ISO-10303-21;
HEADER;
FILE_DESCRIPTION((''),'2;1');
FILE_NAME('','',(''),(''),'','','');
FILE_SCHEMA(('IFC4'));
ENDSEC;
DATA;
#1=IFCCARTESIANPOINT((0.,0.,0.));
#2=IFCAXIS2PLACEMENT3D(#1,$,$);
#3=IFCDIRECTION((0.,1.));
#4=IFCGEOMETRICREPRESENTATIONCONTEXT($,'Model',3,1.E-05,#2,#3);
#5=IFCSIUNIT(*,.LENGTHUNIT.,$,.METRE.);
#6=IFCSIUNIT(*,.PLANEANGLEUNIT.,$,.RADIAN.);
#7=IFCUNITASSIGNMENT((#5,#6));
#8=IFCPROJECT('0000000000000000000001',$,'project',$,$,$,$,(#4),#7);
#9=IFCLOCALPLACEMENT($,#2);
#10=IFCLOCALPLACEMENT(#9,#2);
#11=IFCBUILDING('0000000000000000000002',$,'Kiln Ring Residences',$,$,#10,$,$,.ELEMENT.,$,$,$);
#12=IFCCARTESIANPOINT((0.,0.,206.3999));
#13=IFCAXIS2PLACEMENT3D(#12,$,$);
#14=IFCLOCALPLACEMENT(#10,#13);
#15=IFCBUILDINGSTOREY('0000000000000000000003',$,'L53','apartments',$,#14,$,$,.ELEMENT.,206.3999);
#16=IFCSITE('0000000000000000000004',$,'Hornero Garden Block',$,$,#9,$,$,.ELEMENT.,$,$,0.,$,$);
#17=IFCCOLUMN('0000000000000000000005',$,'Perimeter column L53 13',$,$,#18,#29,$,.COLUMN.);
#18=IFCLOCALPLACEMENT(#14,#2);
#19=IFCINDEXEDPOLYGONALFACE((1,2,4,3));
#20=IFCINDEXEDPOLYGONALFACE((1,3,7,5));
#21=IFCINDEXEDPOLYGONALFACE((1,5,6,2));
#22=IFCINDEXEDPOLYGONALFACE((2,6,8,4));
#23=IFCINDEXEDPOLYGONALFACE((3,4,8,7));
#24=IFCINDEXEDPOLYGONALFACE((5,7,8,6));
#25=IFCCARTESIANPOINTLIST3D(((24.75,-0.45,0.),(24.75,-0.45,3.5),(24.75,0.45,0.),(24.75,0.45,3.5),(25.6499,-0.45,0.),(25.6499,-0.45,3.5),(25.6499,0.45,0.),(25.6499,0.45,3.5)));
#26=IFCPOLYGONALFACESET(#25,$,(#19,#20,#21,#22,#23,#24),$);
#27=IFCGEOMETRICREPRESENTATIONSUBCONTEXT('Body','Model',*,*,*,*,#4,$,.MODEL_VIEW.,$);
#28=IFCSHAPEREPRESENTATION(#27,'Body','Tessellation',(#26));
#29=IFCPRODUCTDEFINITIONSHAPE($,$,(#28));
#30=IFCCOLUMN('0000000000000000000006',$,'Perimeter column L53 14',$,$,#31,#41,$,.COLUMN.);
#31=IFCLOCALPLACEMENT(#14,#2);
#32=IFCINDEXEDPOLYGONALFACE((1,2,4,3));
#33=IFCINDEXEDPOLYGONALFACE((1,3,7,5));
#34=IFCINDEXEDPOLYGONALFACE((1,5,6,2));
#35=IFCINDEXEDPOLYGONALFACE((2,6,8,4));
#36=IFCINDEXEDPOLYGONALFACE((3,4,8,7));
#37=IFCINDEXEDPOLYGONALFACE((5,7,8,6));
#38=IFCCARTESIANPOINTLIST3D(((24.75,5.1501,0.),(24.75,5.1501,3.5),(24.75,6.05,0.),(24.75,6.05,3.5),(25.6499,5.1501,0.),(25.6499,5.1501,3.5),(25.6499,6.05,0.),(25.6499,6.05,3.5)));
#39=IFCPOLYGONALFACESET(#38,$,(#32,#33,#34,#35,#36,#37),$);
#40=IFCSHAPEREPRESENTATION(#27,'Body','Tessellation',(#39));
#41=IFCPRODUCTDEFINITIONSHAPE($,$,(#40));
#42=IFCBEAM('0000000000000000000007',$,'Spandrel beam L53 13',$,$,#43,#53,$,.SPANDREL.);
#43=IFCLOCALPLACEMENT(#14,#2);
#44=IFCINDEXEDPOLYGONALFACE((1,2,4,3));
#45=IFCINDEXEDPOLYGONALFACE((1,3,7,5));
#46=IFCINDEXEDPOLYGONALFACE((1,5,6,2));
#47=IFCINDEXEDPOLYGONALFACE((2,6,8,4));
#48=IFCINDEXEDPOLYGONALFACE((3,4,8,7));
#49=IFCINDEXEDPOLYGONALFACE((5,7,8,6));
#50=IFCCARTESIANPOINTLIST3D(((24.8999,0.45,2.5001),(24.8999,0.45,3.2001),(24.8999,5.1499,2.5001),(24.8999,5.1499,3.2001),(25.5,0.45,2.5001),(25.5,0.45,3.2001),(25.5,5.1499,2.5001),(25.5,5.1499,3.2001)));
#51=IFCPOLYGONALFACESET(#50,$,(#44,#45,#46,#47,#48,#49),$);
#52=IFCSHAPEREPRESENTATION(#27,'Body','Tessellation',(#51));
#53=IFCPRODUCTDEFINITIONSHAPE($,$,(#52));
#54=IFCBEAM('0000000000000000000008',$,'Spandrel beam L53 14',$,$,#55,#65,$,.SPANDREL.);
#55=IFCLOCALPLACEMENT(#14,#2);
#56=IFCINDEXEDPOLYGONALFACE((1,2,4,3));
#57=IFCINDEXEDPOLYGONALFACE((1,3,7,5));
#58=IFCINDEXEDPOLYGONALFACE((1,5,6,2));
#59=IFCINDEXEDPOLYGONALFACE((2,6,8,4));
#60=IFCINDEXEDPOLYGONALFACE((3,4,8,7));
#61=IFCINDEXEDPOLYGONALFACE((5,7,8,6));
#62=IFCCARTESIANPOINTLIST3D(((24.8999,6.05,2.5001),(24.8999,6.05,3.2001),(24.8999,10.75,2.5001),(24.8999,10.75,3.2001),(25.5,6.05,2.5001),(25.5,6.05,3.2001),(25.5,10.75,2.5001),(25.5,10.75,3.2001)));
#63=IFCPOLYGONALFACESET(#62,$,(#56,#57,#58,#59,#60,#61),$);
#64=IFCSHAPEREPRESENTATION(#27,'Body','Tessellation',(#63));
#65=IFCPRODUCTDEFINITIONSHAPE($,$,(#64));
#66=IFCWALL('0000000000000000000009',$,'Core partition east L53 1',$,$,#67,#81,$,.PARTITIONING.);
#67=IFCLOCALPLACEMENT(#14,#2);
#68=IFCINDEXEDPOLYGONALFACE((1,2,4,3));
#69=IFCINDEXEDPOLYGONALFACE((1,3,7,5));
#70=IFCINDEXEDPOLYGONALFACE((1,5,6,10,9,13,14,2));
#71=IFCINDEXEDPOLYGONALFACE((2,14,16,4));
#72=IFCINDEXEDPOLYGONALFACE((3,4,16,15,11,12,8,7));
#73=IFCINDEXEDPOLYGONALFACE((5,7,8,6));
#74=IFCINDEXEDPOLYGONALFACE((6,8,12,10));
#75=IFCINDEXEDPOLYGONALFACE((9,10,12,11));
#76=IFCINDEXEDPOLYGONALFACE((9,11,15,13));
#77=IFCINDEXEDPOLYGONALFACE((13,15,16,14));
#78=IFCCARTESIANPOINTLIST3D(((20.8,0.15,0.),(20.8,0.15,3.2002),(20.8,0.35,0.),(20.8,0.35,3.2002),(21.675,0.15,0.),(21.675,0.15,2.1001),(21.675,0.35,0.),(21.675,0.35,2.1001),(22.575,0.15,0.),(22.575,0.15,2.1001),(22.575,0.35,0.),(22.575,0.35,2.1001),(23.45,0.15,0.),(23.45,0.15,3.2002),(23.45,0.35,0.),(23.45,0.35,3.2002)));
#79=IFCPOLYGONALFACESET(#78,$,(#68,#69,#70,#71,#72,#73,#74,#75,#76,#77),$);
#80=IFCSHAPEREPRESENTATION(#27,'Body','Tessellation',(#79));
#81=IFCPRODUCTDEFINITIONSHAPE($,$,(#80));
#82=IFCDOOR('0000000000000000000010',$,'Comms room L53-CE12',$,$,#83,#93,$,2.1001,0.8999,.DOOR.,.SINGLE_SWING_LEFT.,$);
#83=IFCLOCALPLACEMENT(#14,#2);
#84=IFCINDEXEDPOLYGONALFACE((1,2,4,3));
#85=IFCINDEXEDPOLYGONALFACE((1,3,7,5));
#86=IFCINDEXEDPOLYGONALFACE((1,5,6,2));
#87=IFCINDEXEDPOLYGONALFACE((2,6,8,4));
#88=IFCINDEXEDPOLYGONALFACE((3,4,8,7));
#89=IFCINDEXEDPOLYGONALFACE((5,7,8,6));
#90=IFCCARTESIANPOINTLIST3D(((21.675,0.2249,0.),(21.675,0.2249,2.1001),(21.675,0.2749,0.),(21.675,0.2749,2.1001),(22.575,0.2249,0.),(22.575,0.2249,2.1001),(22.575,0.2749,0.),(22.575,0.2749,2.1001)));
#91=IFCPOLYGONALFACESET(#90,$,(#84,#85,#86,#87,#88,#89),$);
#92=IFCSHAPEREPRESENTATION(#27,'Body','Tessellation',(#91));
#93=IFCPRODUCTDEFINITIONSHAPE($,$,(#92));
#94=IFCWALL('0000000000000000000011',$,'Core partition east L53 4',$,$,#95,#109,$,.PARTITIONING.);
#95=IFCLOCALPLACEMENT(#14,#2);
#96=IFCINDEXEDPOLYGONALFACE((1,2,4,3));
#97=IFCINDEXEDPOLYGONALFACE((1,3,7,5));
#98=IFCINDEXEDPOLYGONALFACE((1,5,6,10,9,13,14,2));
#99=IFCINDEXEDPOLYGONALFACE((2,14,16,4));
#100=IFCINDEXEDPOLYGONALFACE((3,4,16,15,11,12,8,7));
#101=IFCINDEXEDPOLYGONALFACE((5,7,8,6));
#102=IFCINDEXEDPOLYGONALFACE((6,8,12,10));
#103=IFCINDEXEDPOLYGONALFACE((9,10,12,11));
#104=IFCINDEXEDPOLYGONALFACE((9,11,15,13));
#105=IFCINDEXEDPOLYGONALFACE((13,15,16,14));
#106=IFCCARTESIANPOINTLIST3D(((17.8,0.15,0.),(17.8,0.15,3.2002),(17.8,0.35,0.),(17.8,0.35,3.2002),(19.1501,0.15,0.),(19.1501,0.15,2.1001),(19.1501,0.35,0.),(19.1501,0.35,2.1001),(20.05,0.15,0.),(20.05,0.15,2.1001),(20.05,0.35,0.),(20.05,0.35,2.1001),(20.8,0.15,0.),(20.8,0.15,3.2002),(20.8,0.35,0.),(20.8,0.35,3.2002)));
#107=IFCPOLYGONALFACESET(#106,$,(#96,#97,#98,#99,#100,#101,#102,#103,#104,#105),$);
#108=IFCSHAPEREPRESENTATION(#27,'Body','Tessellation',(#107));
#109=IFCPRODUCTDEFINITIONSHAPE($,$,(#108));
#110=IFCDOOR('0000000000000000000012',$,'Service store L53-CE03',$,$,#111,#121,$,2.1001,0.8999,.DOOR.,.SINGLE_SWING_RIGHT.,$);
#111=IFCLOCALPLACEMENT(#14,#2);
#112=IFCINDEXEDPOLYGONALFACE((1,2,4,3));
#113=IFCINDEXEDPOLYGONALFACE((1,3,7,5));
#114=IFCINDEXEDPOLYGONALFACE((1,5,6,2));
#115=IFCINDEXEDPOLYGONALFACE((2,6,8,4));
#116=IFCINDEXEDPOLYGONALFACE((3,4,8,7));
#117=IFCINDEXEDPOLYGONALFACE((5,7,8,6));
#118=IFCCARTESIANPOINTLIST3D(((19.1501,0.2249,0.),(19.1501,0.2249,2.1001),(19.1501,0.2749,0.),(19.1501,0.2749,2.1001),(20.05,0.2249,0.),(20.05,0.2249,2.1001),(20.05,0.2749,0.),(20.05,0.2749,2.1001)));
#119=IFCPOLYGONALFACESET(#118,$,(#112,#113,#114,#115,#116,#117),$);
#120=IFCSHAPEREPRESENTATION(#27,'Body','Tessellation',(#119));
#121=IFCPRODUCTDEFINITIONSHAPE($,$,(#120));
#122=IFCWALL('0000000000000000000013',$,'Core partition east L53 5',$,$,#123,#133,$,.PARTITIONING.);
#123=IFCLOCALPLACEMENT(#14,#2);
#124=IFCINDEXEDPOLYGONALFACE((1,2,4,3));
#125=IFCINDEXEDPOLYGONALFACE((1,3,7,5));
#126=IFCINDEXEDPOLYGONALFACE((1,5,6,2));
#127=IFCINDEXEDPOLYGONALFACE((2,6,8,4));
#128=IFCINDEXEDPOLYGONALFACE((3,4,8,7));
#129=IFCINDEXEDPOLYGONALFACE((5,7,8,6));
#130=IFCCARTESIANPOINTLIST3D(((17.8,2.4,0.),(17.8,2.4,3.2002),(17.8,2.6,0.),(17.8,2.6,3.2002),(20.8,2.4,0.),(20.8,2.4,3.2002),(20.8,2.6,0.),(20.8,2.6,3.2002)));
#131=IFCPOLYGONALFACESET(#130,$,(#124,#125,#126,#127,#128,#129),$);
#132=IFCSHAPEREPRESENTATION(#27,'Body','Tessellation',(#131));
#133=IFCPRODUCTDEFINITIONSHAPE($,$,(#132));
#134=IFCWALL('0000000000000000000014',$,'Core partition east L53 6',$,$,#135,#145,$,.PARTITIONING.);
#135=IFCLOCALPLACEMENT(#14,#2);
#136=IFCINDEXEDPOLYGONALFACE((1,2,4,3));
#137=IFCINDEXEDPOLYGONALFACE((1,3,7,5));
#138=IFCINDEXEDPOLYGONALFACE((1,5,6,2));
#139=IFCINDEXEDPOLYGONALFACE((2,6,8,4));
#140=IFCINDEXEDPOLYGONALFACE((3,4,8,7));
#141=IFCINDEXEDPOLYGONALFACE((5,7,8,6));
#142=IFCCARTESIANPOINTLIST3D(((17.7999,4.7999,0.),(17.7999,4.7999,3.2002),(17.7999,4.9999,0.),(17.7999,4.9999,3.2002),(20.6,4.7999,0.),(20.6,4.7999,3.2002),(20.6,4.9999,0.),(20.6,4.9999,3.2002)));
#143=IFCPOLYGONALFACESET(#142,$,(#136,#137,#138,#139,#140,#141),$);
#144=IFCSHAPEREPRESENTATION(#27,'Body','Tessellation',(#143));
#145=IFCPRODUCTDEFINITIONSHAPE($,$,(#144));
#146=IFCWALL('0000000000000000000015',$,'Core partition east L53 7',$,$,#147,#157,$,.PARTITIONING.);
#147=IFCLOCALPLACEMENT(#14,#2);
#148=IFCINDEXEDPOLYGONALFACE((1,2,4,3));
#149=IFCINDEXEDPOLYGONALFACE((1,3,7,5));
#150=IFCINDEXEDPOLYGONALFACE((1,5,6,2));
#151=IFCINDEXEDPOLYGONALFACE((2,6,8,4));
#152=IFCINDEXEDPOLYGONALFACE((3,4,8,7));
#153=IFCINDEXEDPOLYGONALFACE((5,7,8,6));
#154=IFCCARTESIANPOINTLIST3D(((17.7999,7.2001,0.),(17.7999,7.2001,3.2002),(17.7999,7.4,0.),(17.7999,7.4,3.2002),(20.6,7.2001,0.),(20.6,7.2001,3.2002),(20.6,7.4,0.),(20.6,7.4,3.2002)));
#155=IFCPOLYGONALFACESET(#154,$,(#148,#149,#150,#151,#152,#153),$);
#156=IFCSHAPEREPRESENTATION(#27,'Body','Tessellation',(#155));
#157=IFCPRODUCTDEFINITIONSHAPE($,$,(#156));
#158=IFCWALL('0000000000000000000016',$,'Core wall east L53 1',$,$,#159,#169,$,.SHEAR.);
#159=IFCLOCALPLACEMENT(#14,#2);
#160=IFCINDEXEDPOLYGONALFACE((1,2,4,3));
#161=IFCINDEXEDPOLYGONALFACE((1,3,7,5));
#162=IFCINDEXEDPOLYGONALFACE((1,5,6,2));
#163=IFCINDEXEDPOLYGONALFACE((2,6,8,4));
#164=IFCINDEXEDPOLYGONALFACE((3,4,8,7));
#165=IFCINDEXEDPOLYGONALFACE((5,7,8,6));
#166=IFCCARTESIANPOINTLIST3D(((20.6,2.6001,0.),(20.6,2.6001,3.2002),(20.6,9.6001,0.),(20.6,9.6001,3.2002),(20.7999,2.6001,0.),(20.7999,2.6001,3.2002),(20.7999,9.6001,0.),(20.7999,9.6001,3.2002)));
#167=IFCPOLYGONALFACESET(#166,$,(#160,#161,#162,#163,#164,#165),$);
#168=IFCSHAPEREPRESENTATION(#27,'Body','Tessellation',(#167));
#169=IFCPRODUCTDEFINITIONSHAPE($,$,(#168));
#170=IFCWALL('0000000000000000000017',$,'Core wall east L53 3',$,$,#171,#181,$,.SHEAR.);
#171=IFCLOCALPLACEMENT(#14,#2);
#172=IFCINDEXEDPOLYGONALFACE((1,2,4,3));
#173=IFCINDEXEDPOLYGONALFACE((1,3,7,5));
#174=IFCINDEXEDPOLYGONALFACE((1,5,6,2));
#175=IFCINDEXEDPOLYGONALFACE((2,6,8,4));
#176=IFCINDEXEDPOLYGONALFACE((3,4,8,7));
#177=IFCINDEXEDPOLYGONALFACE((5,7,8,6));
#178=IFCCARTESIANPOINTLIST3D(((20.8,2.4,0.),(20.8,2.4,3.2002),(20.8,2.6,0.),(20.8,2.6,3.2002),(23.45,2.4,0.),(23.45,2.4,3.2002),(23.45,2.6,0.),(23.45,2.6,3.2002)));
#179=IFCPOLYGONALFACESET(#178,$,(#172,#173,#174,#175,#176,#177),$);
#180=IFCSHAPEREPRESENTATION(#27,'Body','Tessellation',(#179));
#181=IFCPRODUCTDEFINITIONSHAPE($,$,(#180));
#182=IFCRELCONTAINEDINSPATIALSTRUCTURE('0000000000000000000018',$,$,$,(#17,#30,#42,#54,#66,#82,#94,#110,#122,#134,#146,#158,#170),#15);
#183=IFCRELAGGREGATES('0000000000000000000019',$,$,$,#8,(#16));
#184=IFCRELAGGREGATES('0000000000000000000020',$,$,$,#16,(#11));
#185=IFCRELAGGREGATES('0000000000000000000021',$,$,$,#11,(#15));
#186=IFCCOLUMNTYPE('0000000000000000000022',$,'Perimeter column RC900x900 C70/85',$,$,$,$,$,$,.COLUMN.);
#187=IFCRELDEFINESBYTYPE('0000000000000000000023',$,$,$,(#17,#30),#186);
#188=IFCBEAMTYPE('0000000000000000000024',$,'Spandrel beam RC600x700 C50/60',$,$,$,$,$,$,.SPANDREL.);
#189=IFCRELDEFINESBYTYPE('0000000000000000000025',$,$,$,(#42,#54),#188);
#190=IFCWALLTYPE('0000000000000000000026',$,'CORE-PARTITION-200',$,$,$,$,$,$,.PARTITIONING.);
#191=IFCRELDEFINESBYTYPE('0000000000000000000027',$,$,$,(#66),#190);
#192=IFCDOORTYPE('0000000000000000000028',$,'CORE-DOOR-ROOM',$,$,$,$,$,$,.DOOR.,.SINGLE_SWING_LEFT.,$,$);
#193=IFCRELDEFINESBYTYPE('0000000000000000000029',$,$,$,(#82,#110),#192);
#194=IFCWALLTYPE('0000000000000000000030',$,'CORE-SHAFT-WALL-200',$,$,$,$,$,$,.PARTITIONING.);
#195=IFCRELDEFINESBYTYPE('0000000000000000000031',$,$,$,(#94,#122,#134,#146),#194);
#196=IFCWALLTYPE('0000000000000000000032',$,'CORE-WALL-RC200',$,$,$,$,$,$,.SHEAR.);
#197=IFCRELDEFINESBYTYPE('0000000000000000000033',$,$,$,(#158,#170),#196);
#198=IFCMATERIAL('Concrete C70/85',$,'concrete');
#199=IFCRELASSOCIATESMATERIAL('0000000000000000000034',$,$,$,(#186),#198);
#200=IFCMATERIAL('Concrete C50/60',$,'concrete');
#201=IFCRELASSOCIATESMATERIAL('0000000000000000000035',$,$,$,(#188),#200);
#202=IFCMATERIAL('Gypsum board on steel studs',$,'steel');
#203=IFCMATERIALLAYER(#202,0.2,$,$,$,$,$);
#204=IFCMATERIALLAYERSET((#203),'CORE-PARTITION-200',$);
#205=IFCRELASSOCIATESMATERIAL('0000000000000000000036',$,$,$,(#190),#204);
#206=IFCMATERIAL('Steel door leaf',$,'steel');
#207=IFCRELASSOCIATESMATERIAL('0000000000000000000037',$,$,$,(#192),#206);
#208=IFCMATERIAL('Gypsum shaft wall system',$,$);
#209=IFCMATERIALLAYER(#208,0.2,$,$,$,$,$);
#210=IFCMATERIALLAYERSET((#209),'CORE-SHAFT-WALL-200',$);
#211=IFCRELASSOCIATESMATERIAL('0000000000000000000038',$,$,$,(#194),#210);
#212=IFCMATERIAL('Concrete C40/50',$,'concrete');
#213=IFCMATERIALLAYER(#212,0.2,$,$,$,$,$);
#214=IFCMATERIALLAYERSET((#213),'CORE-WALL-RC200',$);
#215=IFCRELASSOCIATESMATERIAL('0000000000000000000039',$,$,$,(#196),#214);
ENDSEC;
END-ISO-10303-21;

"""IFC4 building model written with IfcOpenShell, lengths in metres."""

from ifc_helpers import new_model, si_unit, direction, frame, frame_2d, origin, origin_2d, place, context, subcontext, project, spatial, rectangle, extrude, material, layer, layer_set, material_profile, profile_set, type_object, element, fill, save


model = new_model("IFC4")

# Units and contexts
model_context = context("Model", 3, precision=1e-05, world=origin(), true_north=direction((0.0, 1.0)))
body_context = subcontext(model_context, "Body", "Model", "MODEL_VIEW")
ifc_project = project(units=[si_unit("LENGTHUNIT", "METRE"), si_unit("PLANEANGLEUNIT", "RADIAN")], contexts=[model_context])

# Site, building, storey
site_placement = place(None, origin())
site = spatial("IfcSite", under=ifc_project, at=site_placement, Name="Hornero Garden Block", CompositionType="ELEMENT", RefElevation=0.0)
building_placement = place(site_placement, origin())
building = spatial("IfcBuilding", under=site, at=building_placement, Name="Kiln Ring Residences", CompositionType="ELEMENT")
storey_placement = place(building_placement, frame((0.0, 0.0, 206.3999)))
storey = spatial("IfcBuildingStorey", under=building, at=storey_placement, Name="L53", Description="apartments", CompositionType="ELEMENT", Elevation=206.3999)

# Columns
ifc_material_1 = material(Name="Concrete C70/85", Category="concrete")
ifc_material_profile_1 = material_profile(ifc_material_1, rectangle(XDim=0.8999, YDim=0.8999, at=origin_2d()), Name="RC900x900")
ifc_profile_set_1 = profile_set([ifc_material_profile_1], Name="Concrete C70/85")
column_type = type_object("IfcColumnType", Name="Perimeter column RC900x900 C70/85", PredefinedType="COLUMN", material=ifc_profile_set_1)
for number, where, z_axis, x_axis, name in (
    (1, (25.2, 0.0, 0.0), (0.0, 0.0, 1.0), (1.0, 0.0, 0.0), "Perimeter column L53 13"),
    (2, (25.2, 5.6001, 0.0), (0.0, 0.0, 1.0), (1.0, 0.0, 0.0), "Perimeter column L53 14"),
):
    element("IfcColumn", number, at=place(storey_placement, frame(where, z_axis=z_axis, x_axis=x_axis)), inside=storey, type_object=column_type, Name=name, PredefinedType="COLUMN", context=body_context, shape_type="SweptSolid", body=[
        extrude(rectangle(XDim=0.8999, YDim=0.8999, at=origin_2d()), origin(), (0.0, 0.0, 1.0), 3.5),
    ])

# Beams
ifc_material_2 = material(Name="Concrete C50/60", Category="concrete")
ifc_material_profile_2 = material_profile(ifc_material_2, rectangle(XDim=0.6001, YDim=0.7, at=origin_2d()), Name="RC600x700")
ifc_profile_set_2 = profile_set([ifc_material_profile_2], Name="Concrete C50/60")
beam_type = type_object("IfcBeamType", Name="Spandrel beam RC600x700 C50/60", PredefinedType="SPANDREL", material=ifc_profile_set_2)
for number, where, z_axis, x_axis, name in (
    (3, (25.2, 0.45, 2.8501), (0.0, 1.0, 0.0), (-1.0, 0.0, 0.0), "Spandrel beam L53 13"),
    (4, (25.2, 6.05, 2.8501), (0.0, 1.0, 0.0), (-1.0, 0.0, 0.0), "Spandrel beam L53 14"),
):
    element("IfcBeam", number, at=place(storey_placement, frame(where, z_axis=z_axis, x_axis=x_axis)), inside=storey, type_object=beam_type, Name=name, PredefinedType="SPANDREL", context=body_context, shape_type="SweptSolid", body=[
        extrude(rectangle(XDim=0.6001, YDim=0.7, at=origin_2d()), origin(), (0.0, 0.0, 1.0), 4.7),
    ])

# Walls, openings, doors
ifc_material_3 = material(Name="Gypsum board on steel studs", Category="steel")
ifc_layer_1 = layer(ifc_material_3, 0.2)
ifc_layer_set_1 = layer_set([ifc_layer_1], Name="CORE-PARTITION-200")
wall_type_1 = type_object("IfcWallType", Name="CORE-PARTITION-200", PredefinedType="PARTITIONING", material=ifc_layer_set_1)
wall_1_placement = place(storey_placement, frame((20.8, 0.25, 0.0), z_axis=(0.0, 0.0, 1.0), x_axis=(1.0, 0.0, 0.0)))
wall_1 = element("IfcWall", 5, at=wall_1_placement, inside=storey, type_object=wall_type_1, Name="Core partition east L53 1", PredefinedType="PARTITIONING", context=body_context, shape_type="SweptSolid", body=[
    extrude(rectangle(XDim=2.6499, YDim=0.2, at=frame_2d((1.325, 0.0))), origin(), (0.0, 0.0, 1.0), 3.2002),
])
opening_1_placement = place(wall_1_placement, frame((0.875, 0.0, 0.0)))
opening_1 = element("IfcOpeningElement", 6, at=opening_1_placement, cuts=wall_1, PredefinedType="OPENING", context=body_context, shape_type="SweptSolid", body=[
    extrude(rectangle(XDim=0.8999, YDim=2.1001, at=frame_2d((0.45, 1.05))), frame((0.0, 0.1099, 0.0), z_axis=(0.0, -1.0, 0.0), x_axis=(1.0, 0.0, 0.0)), (0.0, 0.0, 1.0), 0.22),
])
ifc_material_4 = material(Name="Steel door leaf", Category="steel")
door_type = type_object("IfcDoorType", Name="CORE-DOOR-ROOM", OperationType="SINGLE_SWING_LEFT", PredefinedType="DOOR", material=ifc_material_4)
door_1_placement = place(opening_1_placement, origin())
door_1 = element("IfcDoor", 7, at=door_1_placement, inside=storey, type_object=door_type, Name="Comms room L53-CE12", OperationType="SINGLE_SWING_LEFT", OverallHeight=2.1001, OverallWidth=0.8999, PredefinedType="DOOR", context=body_context, shape_type="SweptSolid", body=[
    extrude(rectangle(XDim=0.8999, YDim=2.1001, at=frame_2d((0.45, 1.05))), frame((0.0, 0.0249, 0.0), z_axis=(0.0, -1.0, 0.0), x_axis=(1.0, 0.0, 0.0)), (0.0, 0.0, 1.0), 0.05),
])
fill(opening_1, door_1)
ifc_material_5 = material(Name="Gypsum shaft wall system")
ifc_layer_2 = layer(ifc_material_5, 0.2)
ifc_layer_set_2 = layer_set([ifc_layer_2], Name="CORE-SHAFT-WALL-200")
wall_type_2 = type_object("IfcWallType", Name="CORE-SHAFT-WALL-200", PredefinedType="PARTITIONING", material=ifc_layer_set_2)
wall_2_placement = place(storey_placement, frame((17.8, 0.25, 0.0), z_axis=(0.0, 0.0, 1.0), x_axis=(1.0, 0.0, 0.0)))
wall_2 = element("IfcWall", 8, at=wall_2_placement, inside=storey, type_object=wall_type_2, Name="Core partition east L53 4", PredefinedType="PARTITIONING", context=body_context, shape_type="SweptSolid", body=[
    extrude(rectangle(XDim=3.0, YDim=0.2, at=frame_2d((1.5, 0.0))), origin(), (0.0, 0.0, 1.0), 3.2002),
])
opening_2_placement = place(wall_2_placement, frame((1.3501, 0.0, 0.0)))
opening_2 = element("IfcOpeningElement", 9, at=opening_2_placement, cuts=wall_2, PredefinedType="OPENING", context=body_context, shape_type="SweptSolid", body=[
    extrude(rectangle(XDim=0.8999, YDim=2.1001, at=frame_2d((0.45, 1.05))), frame((0.0, 0.1099, 0.0), z_axis=(0.0, -1.0, 0.0), x_axis=(1.0, 0.0, 0.0)), (0.0, 0.0, 1.0), 0.22),
])
door_2_placement = place(opening_2_placement, origin())
door_2 = element("IfcDoor", 10, at=door_2_placement, inside=storey, type_object=door_type, Name="Service store L53-CE03", OperationType="SINGLE_SWING_RIGHT", OverallHeight=2.1001, OverallWidth=0.8999, PredefinedType="DOOR", context=body_context, shape_type="SweptSolid", body=[
    extrude(rectangle(XDim=0.8999, YDim=2.1001, at=frame_2d((0.45, 1.05))), frame((0.0, 0.0249, 0.0), z_axis=(0.0, -1.0, 0.0), x_axis=(1.0, 0.0, 0.0)), (0.0, 0.0, 1.0), 0.05),
])
fill(opening_2, door_2)

# Walls
wall_3_placement = place(storey_placement, frame((17.8, 2.5, 0.0), z_axis=(0.0, 0.0, 1.0), x_axis=(1.0, 0.0, 0.0)))
element("IfcWall", 11, at=wall_3_placement, inside=storey, type_object=wall_type_2, Name="Core partition east L53 5", PredefinedType="PARTITIONING", context=body_context, shape_type="SweptSolid", body=[
    extrude(rectangle(XDim=3.0, YDim=0.2, at=frame_2d((1.5, 0.0))), origin(), (0.0, 0.0, 1.0), 3.2002),
])
for number, where, z_axis, x_axis, name in (
    (12, (17.8, 4.8999, 0.0), (0.0, 0.0, 1.0), (1.0, 0.0, 0.0), "Core partition east L53 6"),
    (13, (17.8, 7.3, 0.0), (0.0, 0.0, 1.0), (1.0, 0.0, 0.0), "Core partition east L53 7"),
):
    element("IfcWall", number, at=place(storey_placement, frame(where, z_axis=z_axis, x_axis=x_axis)), inside=storey, type_object=wall_type_2, Name=name, PredefinedType="PARTITIONING", context=body_context, shape_type="SweptSolid", body=[
        extrude(rectangle(XDim=2.8, YDim=0.2, at=frame_2d((1.3999, 0.0))), origin(), (0.0, 0.0, 1.0), 3.2002),
    ])
ifc_material_6 = material(Name="Concrete C40/50", Category="concrete")
ifc_layer_3 = layer(ifc_material_6, 0.2)
ifc_layer_set_3 = layer_set([ifc_layer_3], Name="CORE-WALL-RC200")
wall_type_3 = type_object("IfcWallType", Name="CORE-WALL-RC200", PredefinedType="SHEAR", material=ifc_layer_set_3)
wall_4_placement = place(storey_placement, frame((20.7, 2.6001, 0.0), z_axis=(0.0, 0.0, 1.0), x_axis=(0.0, 1.0, 0.0)))
element("IfcWall", 14, at=wall_4_placement, inside=storey, type_object=wall_type_3, Name="Core wall east L53 1", PredefinedType="SHEAR", context=body_context, shape_type="SweptSolid", body=[
    extrude(rectangle(XDim=7.0, YDim=0.2, at=frame_2d((3.5, 0.0))), origin(), (0.0, 0.0, 1.0), 3.2002),
])
wall_5_placement = place(storey_placement, frame((20.8, 2.5, 0.0), z_axis=(0.0, 0.0, 1.0), x_axis=(1.0, 0.0, 0.0)))
element("IfcWall", 15, at=wall_5_placement, inside=storey, type_object=wall_type_3, Name="Core wall east L53 3", PredefinedType="SHEAR", context=body_context, shape_type="SweptSolid", body=[
    extrude(rectangle(XDim=2.6499, YDim=0.2, at=frame_2d((1.325, 0.0))), origin(), (0.0, 0.0, 1.0), 3.2002),
])

save(model, "model.ifc")
